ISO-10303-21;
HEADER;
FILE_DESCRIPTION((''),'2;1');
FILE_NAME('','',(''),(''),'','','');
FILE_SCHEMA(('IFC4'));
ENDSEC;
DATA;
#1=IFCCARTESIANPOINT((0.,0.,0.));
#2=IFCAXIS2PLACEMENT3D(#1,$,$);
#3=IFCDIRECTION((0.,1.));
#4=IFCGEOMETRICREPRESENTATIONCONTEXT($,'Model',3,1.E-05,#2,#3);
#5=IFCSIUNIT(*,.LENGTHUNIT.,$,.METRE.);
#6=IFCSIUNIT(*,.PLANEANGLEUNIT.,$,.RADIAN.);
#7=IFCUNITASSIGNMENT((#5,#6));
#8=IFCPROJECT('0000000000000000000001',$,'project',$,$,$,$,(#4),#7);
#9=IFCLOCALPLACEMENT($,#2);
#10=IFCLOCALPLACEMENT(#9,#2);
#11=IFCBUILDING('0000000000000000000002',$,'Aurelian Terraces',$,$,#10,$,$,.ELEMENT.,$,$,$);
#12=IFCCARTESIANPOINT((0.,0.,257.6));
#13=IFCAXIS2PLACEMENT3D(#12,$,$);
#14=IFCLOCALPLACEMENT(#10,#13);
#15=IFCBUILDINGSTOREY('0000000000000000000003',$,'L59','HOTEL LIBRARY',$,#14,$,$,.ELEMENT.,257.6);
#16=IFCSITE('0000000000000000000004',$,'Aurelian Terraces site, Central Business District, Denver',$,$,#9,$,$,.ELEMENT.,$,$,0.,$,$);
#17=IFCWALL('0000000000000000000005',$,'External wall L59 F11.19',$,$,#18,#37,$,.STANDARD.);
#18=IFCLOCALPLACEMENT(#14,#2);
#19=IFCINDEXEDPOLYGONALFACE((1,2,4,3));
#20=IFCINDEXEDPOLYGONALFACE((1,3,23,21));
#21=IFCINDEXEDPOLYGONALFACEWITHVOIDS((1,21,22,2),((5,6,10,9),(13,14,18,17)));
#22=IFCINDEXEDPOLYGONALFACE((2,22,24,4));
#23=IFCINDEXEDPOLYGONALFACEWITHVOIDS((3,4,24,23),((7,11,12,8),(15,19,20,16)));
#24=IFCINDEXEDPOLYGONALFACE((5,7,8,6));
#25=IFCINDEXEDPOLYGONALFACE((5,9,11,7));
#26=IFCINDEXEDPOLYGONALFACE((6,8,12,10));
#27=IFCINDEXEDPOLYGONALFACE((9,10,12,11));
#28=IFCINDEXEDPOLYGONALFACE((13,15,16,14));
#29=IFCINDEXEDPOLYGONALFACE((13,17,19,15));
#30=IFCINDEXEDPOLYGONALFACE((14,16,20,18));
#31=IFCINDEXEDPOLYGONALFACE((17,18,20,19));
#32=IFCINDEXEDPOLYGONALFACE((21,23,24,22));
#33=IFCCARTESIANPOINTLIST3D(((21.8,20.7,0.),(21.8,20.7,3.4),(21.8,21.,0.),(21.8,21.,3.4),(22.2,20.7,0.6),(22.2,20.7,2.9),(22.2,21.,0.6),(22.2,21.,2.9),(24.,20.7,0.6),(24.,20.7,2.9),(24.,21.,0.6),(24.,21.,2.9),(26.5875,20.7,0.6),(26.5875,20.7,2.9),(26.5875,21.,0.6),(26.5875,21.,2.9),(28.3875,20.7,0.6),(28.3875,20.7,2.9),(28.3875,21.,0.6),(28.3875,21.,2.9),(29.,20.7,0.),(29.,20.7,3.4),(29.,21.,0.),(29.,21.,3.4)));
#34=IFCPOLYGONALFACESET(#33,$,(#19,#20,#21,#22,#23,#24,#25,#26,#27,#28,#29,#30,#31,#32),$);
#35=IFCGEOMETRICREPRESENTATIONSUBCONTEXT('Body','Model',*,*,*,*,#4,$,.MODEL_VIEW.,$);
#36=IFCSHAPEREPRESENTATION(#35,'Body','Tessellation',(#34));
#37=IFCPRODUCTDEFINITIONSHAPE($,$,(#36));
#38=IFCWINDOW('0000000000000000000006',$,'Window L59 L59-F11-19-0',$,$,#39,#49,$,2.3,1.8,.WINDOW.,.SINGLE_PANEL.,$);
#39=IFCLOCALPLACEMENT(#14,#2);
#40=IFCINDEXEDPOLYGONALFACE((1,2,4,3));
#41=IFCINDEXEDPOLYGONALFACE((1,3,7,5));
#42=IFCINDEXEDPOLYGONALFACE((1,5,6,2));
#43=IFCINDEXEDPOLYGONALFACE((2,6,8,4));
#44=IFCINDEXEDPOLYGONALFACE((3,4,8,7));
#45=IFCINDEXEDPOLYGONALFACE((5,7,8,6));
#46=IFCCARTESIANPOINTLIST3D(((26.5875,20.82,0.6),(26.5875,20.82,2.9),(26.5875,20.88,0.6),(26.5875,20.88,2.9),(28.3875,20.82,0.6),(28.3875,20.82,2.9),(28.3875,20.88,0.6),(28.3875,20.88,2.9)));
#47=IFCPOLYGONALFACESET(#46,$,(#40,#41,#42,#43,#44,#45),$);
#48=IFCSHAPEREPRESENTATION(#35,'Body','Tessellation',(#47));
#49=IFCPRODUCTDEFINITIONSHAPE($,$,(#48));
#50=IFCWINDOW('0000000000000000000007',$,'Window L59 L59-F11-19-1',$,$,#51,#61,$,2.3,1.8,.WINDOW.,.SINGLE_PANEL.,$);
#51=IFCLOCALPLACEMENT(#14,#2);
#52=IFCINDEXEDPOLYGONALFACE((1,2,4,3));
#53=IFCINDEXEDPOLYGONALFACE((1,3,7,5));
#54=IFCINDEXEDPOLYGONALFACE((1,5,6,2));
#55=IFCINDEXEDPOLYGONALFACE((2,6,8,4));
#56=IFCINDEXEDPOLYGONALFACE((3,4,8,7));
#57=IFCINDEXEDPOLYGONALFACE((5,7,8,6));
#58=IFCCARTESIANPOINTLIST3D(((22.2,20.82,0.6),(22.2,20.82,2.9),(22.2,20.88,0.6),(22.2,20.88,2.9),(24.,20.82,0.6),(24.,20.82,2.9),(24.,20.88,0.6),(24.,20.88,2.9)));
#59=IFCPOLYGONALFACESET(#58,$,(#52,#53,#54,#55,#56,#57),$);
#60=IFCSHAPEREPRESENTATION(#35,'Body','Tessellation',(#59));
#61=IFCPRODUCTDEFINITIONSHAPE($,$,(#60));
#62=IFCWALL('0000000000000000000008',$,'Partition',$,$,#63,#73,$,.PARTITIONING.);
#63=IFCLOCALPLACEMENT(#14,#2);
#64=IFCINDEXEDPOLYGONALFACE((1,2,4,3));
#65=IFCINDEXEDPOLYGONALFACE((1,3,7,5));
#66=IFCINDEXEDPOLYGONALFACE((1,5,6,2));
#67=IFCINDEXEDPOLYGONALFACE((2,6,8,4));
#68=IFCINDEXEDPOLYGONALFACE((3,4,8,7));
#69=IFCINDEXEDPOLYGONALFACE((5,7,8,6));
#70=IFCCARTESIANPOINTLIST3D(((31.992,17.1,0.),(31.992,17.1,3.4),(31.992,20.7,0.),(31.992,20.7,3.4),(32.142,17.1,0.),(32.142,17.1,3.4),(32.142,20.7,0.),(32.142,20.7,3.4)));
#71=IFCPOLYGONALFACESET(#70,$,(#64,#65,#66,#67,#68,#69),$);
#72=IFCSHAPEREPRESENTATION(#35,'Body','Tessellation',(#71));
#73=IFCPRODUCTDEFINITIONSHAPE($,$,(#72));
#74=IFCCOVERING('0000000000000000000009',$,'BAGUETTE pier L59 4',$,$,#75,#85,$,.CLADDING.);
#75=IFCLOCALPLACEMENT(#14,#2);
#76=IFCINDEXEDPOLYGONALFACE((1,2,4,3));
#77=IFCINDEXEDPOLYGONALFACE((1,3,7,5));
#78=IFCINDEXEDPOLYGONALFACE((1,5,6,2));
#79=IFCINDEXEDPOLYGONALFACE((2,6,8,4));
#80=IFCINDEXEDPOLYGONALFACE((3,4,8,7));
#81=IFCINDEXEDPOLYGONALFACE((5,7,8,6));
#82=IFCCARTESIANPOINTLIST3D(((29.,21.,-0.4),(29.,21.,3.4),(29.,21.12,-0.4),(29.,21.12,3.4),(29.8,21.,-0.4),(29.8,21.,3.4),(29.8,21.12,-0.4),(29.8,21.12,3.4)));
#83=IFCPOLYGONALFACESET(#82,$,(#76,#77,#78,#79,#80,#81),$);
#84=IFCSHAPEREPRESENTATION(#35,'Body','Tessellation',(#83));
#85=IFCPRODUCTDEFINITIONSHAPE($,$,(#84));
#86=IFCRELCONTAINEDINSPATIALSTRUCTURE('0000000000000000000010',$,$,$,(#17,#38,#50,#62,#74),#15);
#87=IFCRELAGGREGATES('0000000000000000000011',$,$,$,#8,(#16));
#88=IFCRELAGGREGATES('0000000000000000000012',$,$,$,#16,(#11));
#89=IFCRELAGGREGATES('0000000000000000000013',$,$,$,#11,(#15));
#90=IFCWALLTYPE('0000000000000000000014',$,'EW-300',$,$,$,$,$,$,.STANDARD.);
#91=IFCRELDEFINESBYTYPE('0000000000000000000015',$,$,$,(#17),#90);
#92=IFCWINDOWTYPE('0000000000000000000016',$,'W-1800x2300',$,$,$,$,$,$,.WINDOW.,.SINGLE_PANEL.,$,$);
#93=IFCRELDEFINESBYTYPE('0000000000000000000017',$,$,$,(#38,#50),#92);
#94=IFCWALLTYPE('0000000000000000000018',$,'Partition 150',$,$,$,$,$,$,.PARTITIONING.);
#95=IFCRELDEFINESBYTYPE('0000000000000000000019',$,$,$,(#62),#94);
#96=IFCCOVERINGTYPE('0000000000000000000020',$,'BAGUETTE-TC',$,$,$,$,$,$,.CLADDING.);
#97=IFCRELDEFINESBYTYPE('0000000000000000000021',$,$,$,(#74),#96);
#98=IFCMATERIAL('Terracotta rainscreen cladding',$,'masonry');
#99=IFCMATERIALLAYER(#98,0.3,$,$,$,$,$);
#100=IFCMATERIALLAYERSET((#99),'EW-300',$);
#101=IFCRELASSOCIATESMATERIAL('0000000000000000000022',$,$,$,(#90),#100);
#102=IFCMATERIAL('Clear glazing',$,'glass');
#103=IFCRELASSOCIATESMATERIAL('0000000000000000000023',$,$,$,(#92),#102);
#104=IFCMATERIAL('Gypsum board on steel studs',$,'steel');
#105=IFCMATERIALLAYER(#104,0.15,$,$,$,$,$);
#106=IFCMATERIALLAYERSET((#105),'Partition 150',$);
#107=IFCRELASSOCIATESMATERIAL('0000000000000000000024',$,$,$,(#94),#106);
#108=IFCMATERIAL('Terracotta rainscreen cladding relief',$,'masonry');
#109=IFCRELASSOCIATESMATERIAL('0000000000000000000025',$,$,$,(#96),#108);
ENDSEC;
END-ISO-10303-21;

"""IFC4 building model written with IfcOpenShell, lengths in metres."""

from ifc_helpers import new_model, si_unit, direction, frame, frame_2d, origin, origin_2d, place, context, subcontext, project, spatial, rectangle, extrude, source, transform, mapped, material, layer, layer_set, type_object, element, fill, save


model = new_model("IFC4")

# Units and contexts
model_context = context("Model", 3, precision=1e-05, world=origin(), true_north=direction((0.0, 1.0)))
body_context = subcontext(model_context, "Body", "Model", "MODEL_VIEW")
ifc_project = project(units=[si_unit("LENGTHUNIT", "METRE"), si_unit("PLANEANGLEUNIT", "RADIAN")], contexts=[model_context])

# Site, building, storey
site_placement = place(None, origin())
site = spatial("IfcSite", under=ifc_project, at=site_placement, Name="Aurelian Terraces site, Central Business District, Denver", CompositionType="ELEMENT", RefElevation=0.0)
building_placement = place(site_placement, origin())
building = spatial("IfcBuilding", under=site, at=building_placement, Name="Aurelian Terraces", CompositionType="ELEMENT")
storey_placement = place(building_placement, frame((0.0, 0.0, 257.6)))
storey = spatial("IfcBuildingStorey", under=building, at=storey_placement, Name="L59", Description="HOTEL LIBRARY", CompositionType="ELEMENT", Elevation=257.6)

# Shared definitions
ifc_material_1 = material(Name="Clear glazing", Category="glass")

# Shared definitions
ifc_material_2 = material(Name="Terracotta rainscreen cladding", Category="masonry")
ifc_layer_1 = layer(ifc_material_2, 0.3)
ifc_layer_set_1 = layer_set([ifc_layer_1], Name="EW-300")
wall_type_1 = type_object("IfcWallType", Name="EW-300", PredefinedType="STANDARD", material=ifc_layer_set_1)
shared_shape_1 = source(origin(), body_context, "Body", "SweptSolid", [
    extrude(rectangle(XDim=7.2, YDim=0.3, at=frame_2d((3.6, 0.0))), origin(), (0.0, 0.0, 1.0), 3.4),
])
shared_shape_2 = source(origin(), body_context, "Body", "SweptSolid", [
    extrude(rectangle(XDim=1.8, YDim=2.3, at=frame_2d((0.9, 1.15))), frame((0.0, 0.16, 0.0), z_axis=(0.0, -1.0, 0.0), x_axis=(1.0, 0.0, 0.0)), (0.0, 0.0, 1.0), 0.32),
])
window_type_1 = type_object("IfcWindowType", Name="W-1800x2300", PartitioningType="SINGLE_PANEL", PredefinedType="WINDOW", material=ifc_material_1)
shared_shape_3 = source(origin(), body_context, "Body", "SweptSolid", [
    extrude(rectangle(XDim=1.8, YDim=2.3, at=frame_2d((0.9, 1.15))), frame((0.0, 0.03, 0.0), z_axis=(0.0, -1.0, 0.0), x_axis=(1.0, 0.0, 0.0)), (0.0, 0.0, 1.0), 0.06),
])

# Wall, openings, windows
wall_1_placement = place(storey_placement, frame((29.0, 20.85, 0.0), z_axis=(0.0, 0.0, 1.0), x_axis=(-1.0, 0.0, 0.0)))
wall_1 = element("IfcWall", 1, at=wall_1_placement, inside=storey, type_object=wall_type_1, Name="External wall L59 F11.19", PredefinedType="STANDARD", context=body_context, shape_type="MappedRepresentation", body=[
    mapped(shared_shape_1, transform((0.0, 0.0, 0.0), scale=1.0)),
])
opening_1_placement = place(wall_1_placement, frame((0.6125, 0.0, 0.6)))
opening_1 = element("IfcOpeningElement", 2, at=opening_1_placement, cuts=wall_1, PredefinedType="OPENING", context=body_context, shape_type="MappedRepresentation", body=[
    mapped(shared_shape_2, transform((0.0, 0.0, 0.0), scale=1.0)),
])
opening_2_placement = place(wall_1_placement, frame((5.0, 0.0, 0.6)))
opening_2 = element("IfcOpeningElement", 3, at=opening_2_placement, cuts=wall_1, PredefinedType="OPENING", context=body_context, shape_type="MappedRepresentation", body=[
    mapped(shared_shape_2, transform((0.0, 0.0, 0.0), scale=1.0)),
])
window_1_placement = place(opening_1_placement, origin())
window_1 = element("IfcWindow", 4, at=window_1_placement, inside=storey, type_object=window_type_1, Name="Window L59 L59-F11-19-0", OverallHeight=2.3, OverallWidth=1.8, PartitioningType="SINGLE_PANEL", PredefinedType="WINDOW", context=body_context, shape_type="MappedRepresentation", body=[
    mapped(shared_shape_3, transform((0.0, 0.0, 0.0), scale=1.0)),
])
fill(opening_1, window_1)
window_2_placement = place(opening_2_placement, origin())
window_2 = element("IfcWindow", 5, at=window_2_placement, inside=storey, type_object=window_type_1, Name="Window L59 L59-F11-19-1", OverallHeight=2.3, OverallWidth=1.8, PartitioningType="SINGLE_PANEL", PredefinedType="WINDOW", context=body_context, shape_type="MappedRepresentation", body=[
    mapped(shared_shape_3, transform((0.0, 0.0, 0.0), scale=1.0)),
])
fill(opening_2, window_2)

# Wall
ifc_material_3 = material(Name="Gypsum board on steel studs", Category="steel")
ifc_layer_2 = layer(ifc_material_3, 0.15)
ifc_layer_set_2 = layer_set([ifc_layer_2], Name="Partition 150")
wall_type_2 = type_object("IfcWallType", Name="Partition 150", PredefinedType="PARTITIONING", material=ifc_layer_set_2)
shared_shape_4 = source(origin(), body_context, "Body", "SweptSolid", [
    extrude(rectangle(XDim=3.6, YDim=0.15, at=frame_2d((1.8, 0.0))), origin(), (0.0, 0.0, 1.0), 3.4),
])
wall_2_placement = place(storey_placement, frame((32.067, 20.7, 0.0), z_axis=(0.0, 0.0, 1.0), x_axis=(0.0, -1.0, 0.0)))
element("IfcWall", 6, at=wall_2_placement, inside=storey, type_object=wall_type_2, Name="Partition", PredefinedType="PARTITIONING", context=body_context, shape_type="MappedRepresentation", body=[
    mapped(shared_shape_4, transform((0.0, 0.0, 0.0), scale=1.0)),
])

# Covering
ifc_material_4 = material(Name="Terracotta rainscreen cladding relief", Category="masonry")
covering_type = type_object("IfcCoveringType", Name="BAGUETTE-TC", PredefinedType="CLADDING", material=ifc_material_4)
shared_shape_5 = source(origin(), body_context, "Body", "SweptSolid", [
    extrude(rectangle(XDim=0.8, YDim=0.12, at=origin_2d()), origin(), (0.0, 0.0, 1.0), 3.8),
])
covering_placement = place(storey_placement, frame((29.4, 21.06, -0.4), z_axis=(0.0, 0.0, 1.0), x_axis=(1.0, 0.0, 0.0)))
element("IfcCovering", 7, at=covering_placement, inside=storey, type_object=covering_type, Name="BAGUETTE pier L59 4", PredefinedType="CLADDING", context=body_context, shape_type="MappedRepresentation", body=[
    mapped(shared_shape_5, transform((0.0, 0.0, 0.0), scale=1.0)),
])

save(model, "model.ifc")
